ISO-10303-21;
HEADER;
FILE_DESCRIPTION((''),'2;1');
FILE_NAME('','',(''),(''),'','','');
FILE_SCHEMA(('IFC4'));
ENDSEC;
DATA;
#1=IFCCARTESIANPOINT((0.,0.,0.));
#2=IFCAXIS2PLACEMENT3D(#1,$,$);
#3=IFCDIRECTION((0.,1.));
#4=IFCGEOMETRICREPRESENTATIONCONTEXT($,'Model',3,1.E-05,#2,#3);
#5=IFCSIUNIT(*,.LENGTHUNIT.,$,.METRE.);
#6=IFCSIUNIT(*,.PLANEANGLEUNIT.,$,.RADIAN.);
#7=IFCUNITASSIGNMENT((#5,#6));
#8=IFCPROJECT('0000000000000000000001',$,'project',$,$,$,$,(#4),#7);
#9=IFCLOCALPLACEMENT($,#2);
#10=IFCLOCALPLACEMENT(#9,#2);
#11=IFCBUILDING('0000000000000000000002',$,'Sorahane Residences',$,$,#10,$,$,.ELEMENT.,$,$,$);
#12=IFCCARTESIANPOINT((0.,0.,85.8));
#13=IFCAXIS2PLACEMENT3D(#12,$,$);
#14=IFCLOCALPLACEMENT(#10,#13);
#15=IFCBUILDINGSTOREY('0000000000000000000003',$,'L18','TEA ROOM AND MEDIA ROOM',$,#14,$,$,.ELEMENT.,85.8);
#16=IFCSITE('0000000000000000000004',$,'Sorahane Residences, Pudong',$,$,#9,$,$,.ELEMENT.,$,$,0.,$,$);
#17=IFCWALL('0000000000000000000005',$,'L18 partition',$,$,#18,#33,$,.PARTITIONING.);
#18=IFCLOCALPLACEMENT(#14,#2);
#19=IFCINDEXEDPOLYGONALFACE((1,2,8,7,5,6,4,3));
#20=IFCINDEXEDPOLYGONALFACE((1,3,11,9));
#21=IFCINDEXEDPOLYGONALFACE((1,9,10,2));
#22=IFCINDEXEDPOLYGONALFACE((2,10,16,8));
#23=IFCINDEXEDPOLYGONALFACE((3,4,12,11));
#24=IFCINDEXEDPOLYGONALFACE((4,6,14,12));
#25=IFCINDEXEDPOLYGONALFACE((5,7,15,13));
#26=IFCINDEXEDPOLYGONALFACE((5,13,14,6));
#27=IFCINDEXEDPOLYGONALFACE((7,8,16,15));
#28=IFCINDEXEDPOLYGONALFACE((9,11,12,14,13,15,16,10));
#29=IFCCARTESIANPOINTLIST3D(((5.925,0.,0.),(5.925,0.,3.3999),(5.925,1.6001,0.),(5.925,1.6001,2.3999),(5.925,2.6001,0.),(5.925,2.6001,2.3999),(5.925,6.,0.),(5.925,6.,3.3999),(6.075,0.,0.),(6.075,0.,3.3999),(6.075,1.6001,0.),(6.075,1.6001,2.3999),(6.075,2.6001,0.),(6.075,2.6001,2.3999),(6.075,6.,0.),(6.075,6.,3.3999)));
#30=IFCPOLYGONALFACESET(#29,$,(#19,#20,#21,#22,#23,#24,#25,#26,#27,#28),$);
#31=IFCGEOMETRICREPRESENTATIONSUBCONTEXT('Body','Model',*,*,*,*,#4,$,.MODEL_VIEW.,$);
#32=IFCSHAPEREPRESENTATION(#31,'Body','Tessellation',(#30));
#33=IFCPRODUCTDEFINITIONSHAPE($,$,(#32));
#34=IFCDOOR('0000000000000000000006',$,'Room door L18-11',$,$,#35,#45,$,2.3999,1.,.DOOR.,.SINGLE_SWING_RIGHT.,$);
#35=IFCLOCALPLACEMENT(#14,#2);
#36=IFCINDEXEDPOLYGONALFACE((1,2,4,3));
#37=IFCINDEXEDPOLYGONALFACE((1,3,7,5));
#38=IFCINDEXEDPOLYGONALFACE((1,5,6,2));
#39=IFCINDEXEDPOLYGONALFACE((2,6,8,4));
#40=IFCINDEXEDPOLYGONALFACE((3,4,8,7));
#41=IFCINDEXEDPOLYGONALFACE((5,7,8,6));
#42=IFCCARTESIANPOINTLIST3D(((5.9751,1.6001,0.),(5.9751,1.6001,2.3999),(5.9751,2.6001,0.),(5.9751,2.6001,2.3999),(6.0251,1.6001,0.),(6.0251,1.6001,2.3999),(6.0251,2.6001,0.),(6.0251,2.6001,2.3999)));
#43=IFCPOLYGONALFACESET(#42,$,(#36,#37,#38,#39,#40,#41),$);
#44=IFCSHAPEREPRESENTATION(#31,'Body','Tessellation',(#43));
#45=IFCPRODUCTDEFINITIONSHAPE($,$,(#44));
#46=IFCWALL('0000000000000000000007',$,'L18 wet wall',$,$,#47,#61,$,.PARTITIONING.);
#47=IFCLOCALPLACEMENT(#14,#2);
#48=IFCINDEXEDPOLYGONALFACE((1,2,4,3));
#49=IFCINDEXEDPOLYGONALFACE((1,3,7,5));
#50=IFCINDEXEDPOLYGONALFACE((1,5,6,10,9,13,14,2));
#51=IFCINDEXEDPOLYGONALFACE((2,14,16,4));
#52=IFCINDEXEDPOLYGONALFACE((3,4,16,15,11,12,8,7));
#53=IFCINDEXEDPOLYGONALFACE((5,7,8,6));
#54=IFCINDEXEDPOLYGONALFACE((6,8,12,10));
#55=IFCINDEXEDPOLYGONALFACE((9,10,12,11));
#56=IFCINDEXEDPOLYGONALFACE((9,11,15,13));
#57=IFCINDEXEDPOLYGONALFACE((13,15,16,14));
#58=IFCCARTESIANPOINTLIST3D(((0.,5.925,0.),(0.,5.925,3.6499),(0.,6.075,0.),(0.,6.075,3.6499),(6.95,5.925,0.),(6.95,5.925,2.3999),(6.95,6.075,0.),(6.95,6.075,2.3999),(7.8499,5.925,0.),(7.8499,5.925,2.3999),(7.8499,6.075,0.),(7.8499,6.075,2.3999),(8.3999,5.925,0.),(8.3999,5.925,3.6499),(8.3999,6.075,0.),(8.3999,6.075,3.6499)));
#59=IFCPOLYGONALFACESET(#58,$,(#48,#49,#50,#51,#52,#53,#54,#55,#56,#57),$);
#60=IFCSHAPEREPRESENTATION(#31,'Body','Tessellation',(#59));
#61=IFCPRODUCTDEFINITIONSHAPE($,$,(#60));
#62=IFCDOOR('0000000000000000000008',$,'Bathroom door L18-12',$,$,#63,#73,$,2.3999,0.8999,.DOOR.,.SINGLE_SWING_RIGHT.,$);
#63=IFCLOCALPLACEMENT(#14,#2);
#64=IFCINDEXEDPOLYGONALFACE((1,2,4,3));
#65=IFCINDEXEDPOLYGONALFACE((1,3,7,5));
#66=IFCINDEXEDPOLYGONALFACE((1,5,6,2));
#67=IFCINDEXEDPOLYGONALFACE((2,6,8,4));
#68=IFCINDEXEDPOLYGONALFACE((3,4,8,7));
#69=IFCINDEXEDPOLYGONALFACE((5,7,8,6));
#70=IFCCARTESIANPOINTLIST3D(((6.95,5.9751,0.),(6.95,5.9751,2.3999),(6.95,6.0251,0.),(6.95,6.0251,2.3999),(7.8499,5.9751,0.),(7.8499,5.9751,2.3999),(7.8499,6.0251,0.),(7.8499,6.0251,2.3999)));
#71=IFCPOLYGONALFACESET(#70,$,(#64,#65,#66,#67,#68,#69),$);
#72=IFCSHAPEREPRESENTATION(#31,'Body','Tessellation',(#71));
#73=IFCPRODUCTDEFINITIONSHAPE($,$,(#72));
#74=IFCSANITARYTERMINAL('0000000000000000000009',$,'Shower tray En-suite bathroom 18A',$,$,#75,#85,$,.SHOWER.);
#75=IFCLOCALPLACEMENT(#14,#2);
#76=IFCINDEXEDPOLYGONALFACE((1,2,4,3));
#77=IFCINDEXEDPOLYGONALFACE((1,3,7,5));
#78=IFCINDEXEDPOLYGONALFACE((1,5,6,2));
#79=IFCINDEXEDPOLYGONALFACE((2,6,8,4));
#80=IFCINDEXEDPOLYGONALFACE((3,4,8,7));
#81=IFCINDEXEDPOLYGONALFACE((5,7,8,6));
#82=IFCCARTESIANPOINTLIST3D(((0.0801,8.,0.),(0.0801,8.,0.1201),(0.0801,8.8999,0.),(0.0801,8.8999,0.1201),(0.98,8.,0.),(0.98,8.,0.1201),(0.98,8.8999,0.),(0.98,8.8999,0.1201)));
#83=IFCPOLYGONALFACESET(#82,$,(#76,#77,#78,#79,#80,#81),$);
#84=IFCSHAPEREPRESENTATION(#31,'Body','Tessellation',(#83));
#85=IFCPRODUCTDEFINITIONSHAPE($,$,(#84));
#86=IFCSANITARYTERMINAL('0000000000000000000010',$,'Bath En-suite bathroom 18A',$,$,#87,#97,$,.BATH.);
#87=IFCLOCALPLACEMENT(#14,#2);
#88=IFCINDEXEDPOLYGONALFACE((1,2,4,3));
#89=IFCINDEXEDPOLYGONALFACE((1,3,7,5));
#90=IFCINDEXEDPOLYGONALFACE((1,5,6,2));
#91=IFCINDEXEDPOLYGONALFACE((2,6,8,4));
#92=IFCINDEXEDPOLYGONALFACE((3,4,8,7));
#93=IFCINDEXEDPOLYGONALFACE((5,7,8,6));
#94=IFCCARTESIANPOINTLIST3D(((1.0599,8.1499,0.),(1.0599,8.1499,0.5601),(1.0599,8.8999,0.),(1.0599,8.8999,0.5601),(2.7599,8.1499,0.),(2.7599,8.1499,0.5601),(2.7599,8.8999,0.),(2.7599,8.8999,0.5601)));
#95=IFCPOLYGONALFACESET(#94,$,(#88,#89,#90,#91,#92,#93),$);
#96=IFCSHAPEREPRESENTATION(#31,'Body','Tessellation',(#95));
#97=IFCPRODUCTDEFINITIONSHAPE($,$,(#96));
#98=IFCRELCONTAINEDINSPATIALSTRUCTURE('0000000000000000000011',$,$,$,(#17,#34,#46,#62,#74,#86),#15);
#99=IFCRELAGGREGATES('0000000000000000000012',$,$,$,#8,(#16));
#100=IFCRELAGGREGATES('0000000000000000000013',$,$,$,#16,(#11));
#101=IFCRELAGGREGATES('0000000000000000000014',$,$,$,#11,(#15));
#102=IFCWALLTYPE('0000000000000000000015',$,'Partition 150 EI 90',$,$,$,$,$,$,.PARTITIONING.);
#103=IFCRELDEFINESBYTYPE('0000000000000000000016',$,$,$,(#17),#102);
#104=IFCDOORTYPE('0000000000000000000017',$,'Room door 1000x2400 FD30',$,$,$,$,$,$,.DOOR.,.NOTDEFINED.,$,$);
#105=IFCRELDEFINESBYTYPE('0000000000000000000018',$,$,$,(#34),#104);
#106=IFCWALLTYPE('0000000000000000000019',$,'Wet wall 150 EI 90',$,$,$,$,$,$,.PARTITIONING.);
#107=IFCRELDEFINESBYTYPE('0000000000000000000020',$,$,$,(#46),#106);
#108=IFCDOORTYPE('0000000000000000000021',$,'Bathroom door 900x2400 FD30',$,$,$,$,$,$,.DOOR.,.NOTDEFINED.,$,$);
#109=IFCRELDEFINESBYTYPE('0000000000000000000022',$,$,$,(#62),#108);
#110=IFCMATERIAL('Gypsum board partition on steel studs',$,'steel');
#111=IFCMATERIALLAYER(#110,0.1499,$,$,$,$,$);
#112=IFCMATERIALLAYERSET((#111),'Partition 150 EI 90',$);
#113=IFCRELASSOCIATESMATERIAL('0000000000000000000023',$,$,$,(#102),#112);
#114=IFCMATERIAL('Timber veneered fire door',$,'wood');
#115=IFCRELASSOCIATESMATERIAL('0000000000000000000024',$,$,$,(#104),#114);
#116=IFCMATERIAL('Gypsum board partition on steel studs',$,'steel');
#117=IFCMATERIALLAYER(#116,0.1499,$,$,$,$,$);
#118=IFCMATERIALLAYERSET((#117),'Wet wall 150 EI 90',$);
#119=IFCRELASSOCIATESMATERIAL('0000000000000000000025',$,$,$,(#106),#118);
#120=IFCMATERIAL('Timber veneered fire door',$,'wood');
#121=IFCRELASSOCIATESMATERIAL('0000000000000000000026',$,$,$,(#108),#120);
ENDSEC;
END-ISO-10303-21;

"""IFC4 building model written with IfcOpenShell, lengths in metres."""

from ifc_helpers import new_model, si_unit, direction, frame, frame_2d, origin, origin_2d, place, context, subcontext, project, spatial, rectangle, extrude, material, layer, layer_set, type_object, element, fill, save


model = new_model("IFC4")

# Units and contexts
model_context = context("Model", 3, precision=1e-05, world=origin(), true_north=direction((0.0, 1.0)))
body_context = subcontext(model_context, "Body", "Model", "MODEL_VIEW")
ifc_project = project(units=[si_unit("LENGTHUNIT", "METRE"), si_unit("PLANEANGLEUNIT", "RADIAN")], contexts=[model_context])

# Site, building, storey
site_placement = place(None, origin())
site = spatial("IfcSite", under=ifc_project, at=site_placement, Name="Sorahane Residences, Pudong", CompositionType="ELEMENT", RefElevation=0.0)
building_placement = place(site_placement, origin())
building = spatial("IfcBuilding", under=site, at=building_placement, Name="Sorahane Residences", CompositionType="ELEMENT")
storey_placement = place(building_placement, frame((0.0, 0.0, 85.8)))
storey = spatial("IfcBuildingStorey", under=building, at=storey_placement, Name="L18", Description="TEA ROOM AND MEDIA ROOM", CompositionType="ELEMENT", Elevation=85.8)

# Walls, openings, doors
ifc_material_1 = material(Name="Gypsum board partition on steel studs", Category="steel")
ifc_layer_1 = layer(ifc_material_1, 0.1499)
ifc_layer_set_1 = layer_set([ifc_layer_1], Name="Partition 150 EI 90")
wall_type_1 = type_object("IfcWallType", Name="Partition 150 EI 90", PredefinedType="PARTITIONING", material=ifc_layer_set_1)
wall_1_placement = place(storey_placement, frame((6.0, 0.0, 0.0), z_axis=(0.0, 0.0, 1.0), x_axis=(0.0, 1.0, 0.0)))
wall_1 = element("IfcWall", 1, at=wall_1_placement, inside=storey, type_object=wall_type_1, Name="L18 partition", PredefinedType="PARTITIONING", context=body_context, shape_type="SweptSolid", body=[
    extrude(rectangle(XDim=6.0, YDim=0.1499, at=frame_2d((3.0, 0.0))), origin(), (0.0, 0.0, 1.0), 3.3999),
])
opening_1_placement = place(wall_1_placement, frame((1.6001, 0.0, 0.0)))
opening_1 = element("IfcOpeningElement", 2, at=opening_1_placement, cuts=wall_1, PredefinedType="OPENING", context=body_context, shape_type="SweptSolid", body=[
    extrude(rectangle(XDim=1.0, YDim=2.3999, at=frame_2d((0.5, 1.2))), frame((0.0, 0.085, 0.0), z_axis=(0.0, -1.0, 0.0), x_axis=(1.0, 0.0, 0.0)), (0.0, 0.0, 1.0), 0.1699),
])
ifc_material_2 = material(Name="Timber veneered fire door", Category="wood")
door_type_1 = type_object("IfcDoorType", Name="Room door 1000x2400 FD30", OperationType="NOTDEFINED", PredefinedType="DOOR", material=ifc_material_2)
door_1_placement = place(opening_1_placement, origin())
door_1 = element("IfcDoor", 3, at=door_1_placement, inside=storey, type_object=door_type_1, Name="Room door L18-11", OperationType="SINGLE_SWING_RIGHT", OverallHeight=2.3999, OverallWidth=1.0, PredefinedType="DOOR", context=body_context, shape_type="SweptSolid", body=[
    extrude(rectangle(XDim=1.0, YDim=2.3999, at=frame_2d((0.5, 1.2))), frame((0.0, 0.0249, 0.0), z_axis=(0.0, -1.0, 0.0), x_axis=(1.0, 0.0, 0.0)), (0.0, 0.0, 1.0), 0.05),
])
fill(opening_1, door_1)
ifc_material_3 = material(Name="Gypsum board partition on steel studs", Category="steel")
ifc_layer_2 = layer(ifc_material_3, 0.1499)
ifc_layer_set_2 = layer_set([ifc_layer_2], Name="Wet wall 150 EI 90")
wall_type_2 = type_object("IfcWallType", Name="Wet wall 150 EI 90", PredefinedType="PARTITIONING", material=ifc_layer_set_2)
wall_2_placement = place(storey_placement, frame((0.0, 6.0, 0.0), z_axis=(0.0, 0.0, 1.0), x_axis=(1.0, 0.0, 0.0)))
wall_2 = element("IfcWall", 4, at=wall_2_placement, inside=storey, type_object=wall_type_2, Name="L18 wet wall", PredefinedType="PARTITIONING", context=body_context, shape_type="SweptSolid", body=[
    extrude(rectangle(XDim=8.3999, YDim=0.1499, at=frame_2d((4.2, 0.0))), origin(), (0.0, 0.0, 1.0), 3.6499),
])
opening_2_placement = place(wall_2_placement, frame((6.95, 0.0, 0.0)))
opening_2 = element("IfcOpeningElement", 5, at=opening_2_placement, cuts=wall_2, PredefinedType="OPENING", context=body_context, shape_type="SweptSolid", body=[
    extrude(rectangle(XDim=0.8999, YDim=2.3999, at=frame_2d((0.45, 1.2))), frame((0.0, 0.085, 0.0), z_axis=(0.0, -1.0, 0.0), x_axis=(1.0, 0.0, 0.0)), (0.0, 0.0, 1.0), 0.1699),
])
ifc_material_4 = material(Name="Timber veneered fire door", Category="wood")
door_type_2 = type_object("IfcDoorType", Name="Bathroom door 900x2400 FD30", OperationType="NOTDEFINED", PredefinedType="DOOR", material=ifc_material_4)
door_2_placement = place(opening_2_placement, frame((0.8999, 0.0, 0.0), z_axis=(0.0, 0.0, 1.0), x_axis=(-1.0, 0.0, 0.0)))
door_2 = element("IfcDoor", 6, at=door_2_placement, inside=storey, type_object=door_type_2, Name="Bathroom door L18-12", OperationType="SINGLE_SWING_RIGHT", OverallHeight=2.3999, OverallWidth=0.8999, PredefinedType="DOOR", context=body_context, shape_type="SweptSolid", body=[
    extrude(rectangle(XDim=0.8999, YDim=2.3999, at=frame_2d((0.45, 1.2))), frame((0.0, 0.0249, 0.0), z_axis=(0.0, -1.0, 0.0), x_axis=(1.0, 0.0, 0.0)), (0.0, 0.0, 1.0), 0.05),
])
fill(opening_2, door_2)

# Sanitary terminals
sanitary_terminal_1_placement = place(storey_placement, frame((0.53, 8.45, 0.0), z_axis=(0.0, 0.0, 1.0), x_axis=(1.0, 0.0, 0.0)))
element("IfcSanitaryTerminal", 7, at=sanitary_terminal_1_placement, inside=storey, Name="Shower tray En-suite bathroom 18A", PredefinedType="SHOWER", context=body_context, shape_type="SweptSolid", body=[
    extrude(rectangle(XDim=0.8999, YDim=0.8999, at=origin_2d()), origin(), (0.0, 0.0, 1.0), 0.1201),
])
sanitary_terminal_2_placement = place(storey_placement, frame((1.9099, 8.5249, 0.0), z_axis=(0.0, 0.0, 1.0), x_axis=(1.0, 0.0, 0.0)))
element("IfcSanitaryTerminal", 8, at=sanitary_terminal_2_placement, inside=storey, Name="Bath En-suite bathroom 18A", PredefinedType="BATH", context=body_context, shape_type="SweptSolid", body=[
    extrude(rectangle(XDim=1.7, YDim=0.75, at=origin_2d()), origin(), (0.0, 0.0, 1.0), 0.5601),
])

save(model, "model.ifc")
